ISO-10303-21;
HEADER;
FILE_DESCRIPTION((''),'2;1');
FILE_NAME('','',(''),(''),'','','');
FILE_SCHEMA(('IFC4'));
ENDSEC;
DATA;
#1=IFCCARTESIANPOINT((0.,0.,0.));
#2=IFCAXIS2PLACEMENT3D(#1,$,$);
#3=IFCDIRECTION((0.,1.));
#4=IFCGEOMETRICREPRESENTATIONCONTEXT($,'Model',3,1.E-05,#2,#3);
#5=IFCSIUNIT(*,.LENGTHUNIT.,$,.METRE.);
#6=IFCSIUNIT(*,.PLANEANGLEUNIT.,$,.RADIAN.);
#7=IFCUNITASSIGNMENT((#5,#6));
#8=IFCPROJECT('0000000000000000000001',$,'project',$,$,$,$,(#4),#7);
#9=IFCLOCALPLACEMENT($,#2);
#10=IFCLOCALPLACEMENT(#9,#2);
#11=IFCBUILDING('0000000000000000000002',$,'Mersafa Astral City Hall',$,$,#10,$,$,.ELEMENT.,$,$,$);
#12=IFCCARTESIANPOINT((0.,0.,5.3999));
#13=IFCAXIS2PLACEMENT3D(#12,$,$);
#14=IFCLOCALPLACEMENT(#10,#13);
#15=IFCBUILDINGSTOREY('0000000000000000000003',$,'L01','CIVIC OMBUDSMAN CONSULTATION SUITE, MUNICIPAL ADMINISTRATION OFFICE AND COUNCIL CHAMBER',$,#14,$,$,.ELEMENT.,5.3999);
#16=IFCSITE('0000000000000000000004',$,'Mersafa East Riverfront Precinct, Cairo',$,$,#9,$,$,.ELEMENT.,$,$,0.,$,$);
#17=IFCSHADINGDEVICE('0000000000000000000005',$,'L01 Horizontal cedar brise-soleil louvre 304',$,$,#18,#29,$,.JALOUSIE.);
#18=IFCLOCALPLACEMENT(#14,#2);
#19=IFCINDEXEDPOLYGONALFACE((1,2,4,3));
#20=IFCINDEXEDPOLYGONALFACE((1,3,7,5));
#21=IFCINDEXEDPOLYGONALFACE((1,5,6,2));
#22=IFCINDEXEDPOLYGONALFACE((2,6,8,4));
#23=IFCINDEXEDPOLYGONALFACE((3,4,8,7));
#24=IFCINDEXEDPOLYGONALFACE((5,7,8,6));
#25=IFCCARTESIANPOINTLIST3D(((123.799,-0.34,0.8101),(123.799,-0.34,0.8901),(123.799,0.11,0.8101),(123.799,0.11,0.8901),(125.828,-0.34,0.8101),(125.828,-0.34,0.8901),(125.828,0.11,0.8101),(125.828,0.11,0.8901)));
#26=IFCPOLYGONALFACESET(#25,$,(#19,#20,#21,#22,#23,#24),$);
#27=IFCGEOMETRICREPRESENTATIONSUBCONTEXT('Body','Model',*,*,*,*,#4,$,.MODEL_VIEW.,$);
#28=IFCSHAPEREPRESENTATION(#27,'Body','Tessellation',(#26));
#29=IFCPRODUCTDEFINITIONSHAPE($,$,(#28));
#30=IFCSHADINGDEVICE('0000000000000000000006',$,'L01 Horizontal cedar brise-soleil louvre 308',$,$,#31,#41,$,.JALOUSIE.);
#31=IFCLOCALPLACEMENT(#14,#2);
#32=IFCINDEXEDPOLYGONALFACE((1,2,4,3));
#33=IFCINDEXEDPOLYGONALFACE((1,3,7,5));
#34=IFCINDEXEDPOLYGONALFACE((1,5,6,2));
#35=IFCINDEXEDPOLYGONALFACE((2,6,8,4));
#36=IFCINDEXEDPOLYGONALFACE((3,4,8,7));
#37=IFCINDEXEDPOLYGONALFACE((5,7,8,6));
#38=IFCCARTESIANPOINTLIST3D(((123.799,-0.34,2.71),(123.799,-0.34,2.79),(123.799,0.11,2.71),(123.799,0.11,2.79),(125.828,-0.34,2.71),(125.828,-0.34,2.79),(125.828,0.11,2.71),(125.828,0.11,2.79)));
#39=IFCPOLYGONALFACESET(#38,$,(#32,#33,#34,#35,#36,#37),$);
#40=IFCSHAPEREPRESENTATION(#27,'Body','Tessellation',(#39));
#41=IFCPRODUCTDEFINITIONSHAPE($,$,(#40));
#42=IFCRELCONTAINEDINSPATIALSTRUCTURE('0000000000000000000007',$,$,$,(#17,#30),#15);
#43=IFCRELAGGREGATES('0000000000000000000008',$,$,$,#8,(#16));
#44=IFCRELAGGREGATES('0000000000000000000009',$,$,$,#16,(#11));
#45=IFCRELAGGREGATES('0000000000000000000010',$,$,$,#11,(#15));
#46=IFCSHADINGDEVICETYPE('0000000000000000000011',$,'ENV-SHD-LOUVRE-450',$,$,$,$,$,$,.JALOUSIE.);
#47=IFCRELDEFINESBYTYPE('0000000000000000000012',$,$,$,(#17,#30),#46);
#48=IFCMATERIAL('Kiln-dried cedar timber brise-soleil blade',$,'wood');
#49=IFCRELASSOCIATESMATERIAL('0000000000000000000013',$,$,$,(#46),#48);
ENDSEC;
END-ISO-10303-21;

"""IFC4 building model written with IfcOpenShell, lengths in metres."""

from ifc_helpers import new_model, si_unit, direction, frame, origin, origin_2d, place, context, subcontext, project, spatial, rectangle, extrude, material, type_object, element, save


model = new_model("IFC4")

# Units and contexts
model_context = context("Model", 3, precision=1e-05, world=origin(), true_north=direction((0.0, 1.0)))
body_context = subcontext(model_context, "Body", "Model", "MODEL_VIEW")
ifc_project = project(units=[si_unit("LENGTHUNIT", "METRE"), si_unit("PLANEANGLEUNIT", "RADIAN")], contexts=[model_context])

# Site, building, storey
site_placement = place(None, origin())
site = spatial("IfcSite", under=ifc_project, at=site_placement, Name="Mersafa East Riverfront Precinct, Cairo", CompositionType="ELEMENT", RefElevation=0.0)
building_placement = place(site_placement, origin())
building = spatial("IfcBuilding", under=site, at=building_placement, Name="Mersafa Astral City Hall", CompositionType="ELEMENT")
storey_placement = place(building_placement, frame((0.0, 0.0, 5.3999)))
storey = spatial("IfcBuildingStorey", under=building, at=storey_placement, Name="L01", Description="CIVIC OMBUDSMAN CONSULTATION SUITE, MUNICIPAL ADMINISTRATION OFFICE AND COUNCIL CHAMBER", CompositionType="ELEMENT", Elevation=5.3999)

# Shading devices
ifc_material_1 = material(Name="Kiln-dried cedar timber brise-soleil blade", Category="wood")
shading_device_type_1 = type_object("IfcShadingDeviceType", Name="ENV-SHD-LOUVRE-450", PredefinedType="JALOUSIE", material=ifc_material_1)
for number, where, z_axis, x_axis, name in (
    (1, (124.8135, -0.115, 0.8101), (0.0, 0.0, 1.0), (1.0, 0.0, 0.0), "L01 Horizontal cedar brise-soleil louvre 304"),
    (2, (124.8135, -0.115, 2.71), (0.0, 0.0, 1.0), (1.0, 0.0, 0.0), "L01 Horizontal cedar brise-soleil louvre 308"),
):
    element("IfcShadingDevice", number, at=place(storey_placement, frame(where, z_axis=z_axis, x_axis=x_axis)), inside=storey, type_object=shading_device_type_1, Name=name, PredefinedType="JALOUSIE", context=body_context, shape_type="SweptSolid", body=[
        extrude(rectangle(XDim=2.0291, YDim=0.45, at=origin_2d()), origin(), (0.0, 0.0, 1.0), 0.0801),
    ])

save(model, "model.ifc")
